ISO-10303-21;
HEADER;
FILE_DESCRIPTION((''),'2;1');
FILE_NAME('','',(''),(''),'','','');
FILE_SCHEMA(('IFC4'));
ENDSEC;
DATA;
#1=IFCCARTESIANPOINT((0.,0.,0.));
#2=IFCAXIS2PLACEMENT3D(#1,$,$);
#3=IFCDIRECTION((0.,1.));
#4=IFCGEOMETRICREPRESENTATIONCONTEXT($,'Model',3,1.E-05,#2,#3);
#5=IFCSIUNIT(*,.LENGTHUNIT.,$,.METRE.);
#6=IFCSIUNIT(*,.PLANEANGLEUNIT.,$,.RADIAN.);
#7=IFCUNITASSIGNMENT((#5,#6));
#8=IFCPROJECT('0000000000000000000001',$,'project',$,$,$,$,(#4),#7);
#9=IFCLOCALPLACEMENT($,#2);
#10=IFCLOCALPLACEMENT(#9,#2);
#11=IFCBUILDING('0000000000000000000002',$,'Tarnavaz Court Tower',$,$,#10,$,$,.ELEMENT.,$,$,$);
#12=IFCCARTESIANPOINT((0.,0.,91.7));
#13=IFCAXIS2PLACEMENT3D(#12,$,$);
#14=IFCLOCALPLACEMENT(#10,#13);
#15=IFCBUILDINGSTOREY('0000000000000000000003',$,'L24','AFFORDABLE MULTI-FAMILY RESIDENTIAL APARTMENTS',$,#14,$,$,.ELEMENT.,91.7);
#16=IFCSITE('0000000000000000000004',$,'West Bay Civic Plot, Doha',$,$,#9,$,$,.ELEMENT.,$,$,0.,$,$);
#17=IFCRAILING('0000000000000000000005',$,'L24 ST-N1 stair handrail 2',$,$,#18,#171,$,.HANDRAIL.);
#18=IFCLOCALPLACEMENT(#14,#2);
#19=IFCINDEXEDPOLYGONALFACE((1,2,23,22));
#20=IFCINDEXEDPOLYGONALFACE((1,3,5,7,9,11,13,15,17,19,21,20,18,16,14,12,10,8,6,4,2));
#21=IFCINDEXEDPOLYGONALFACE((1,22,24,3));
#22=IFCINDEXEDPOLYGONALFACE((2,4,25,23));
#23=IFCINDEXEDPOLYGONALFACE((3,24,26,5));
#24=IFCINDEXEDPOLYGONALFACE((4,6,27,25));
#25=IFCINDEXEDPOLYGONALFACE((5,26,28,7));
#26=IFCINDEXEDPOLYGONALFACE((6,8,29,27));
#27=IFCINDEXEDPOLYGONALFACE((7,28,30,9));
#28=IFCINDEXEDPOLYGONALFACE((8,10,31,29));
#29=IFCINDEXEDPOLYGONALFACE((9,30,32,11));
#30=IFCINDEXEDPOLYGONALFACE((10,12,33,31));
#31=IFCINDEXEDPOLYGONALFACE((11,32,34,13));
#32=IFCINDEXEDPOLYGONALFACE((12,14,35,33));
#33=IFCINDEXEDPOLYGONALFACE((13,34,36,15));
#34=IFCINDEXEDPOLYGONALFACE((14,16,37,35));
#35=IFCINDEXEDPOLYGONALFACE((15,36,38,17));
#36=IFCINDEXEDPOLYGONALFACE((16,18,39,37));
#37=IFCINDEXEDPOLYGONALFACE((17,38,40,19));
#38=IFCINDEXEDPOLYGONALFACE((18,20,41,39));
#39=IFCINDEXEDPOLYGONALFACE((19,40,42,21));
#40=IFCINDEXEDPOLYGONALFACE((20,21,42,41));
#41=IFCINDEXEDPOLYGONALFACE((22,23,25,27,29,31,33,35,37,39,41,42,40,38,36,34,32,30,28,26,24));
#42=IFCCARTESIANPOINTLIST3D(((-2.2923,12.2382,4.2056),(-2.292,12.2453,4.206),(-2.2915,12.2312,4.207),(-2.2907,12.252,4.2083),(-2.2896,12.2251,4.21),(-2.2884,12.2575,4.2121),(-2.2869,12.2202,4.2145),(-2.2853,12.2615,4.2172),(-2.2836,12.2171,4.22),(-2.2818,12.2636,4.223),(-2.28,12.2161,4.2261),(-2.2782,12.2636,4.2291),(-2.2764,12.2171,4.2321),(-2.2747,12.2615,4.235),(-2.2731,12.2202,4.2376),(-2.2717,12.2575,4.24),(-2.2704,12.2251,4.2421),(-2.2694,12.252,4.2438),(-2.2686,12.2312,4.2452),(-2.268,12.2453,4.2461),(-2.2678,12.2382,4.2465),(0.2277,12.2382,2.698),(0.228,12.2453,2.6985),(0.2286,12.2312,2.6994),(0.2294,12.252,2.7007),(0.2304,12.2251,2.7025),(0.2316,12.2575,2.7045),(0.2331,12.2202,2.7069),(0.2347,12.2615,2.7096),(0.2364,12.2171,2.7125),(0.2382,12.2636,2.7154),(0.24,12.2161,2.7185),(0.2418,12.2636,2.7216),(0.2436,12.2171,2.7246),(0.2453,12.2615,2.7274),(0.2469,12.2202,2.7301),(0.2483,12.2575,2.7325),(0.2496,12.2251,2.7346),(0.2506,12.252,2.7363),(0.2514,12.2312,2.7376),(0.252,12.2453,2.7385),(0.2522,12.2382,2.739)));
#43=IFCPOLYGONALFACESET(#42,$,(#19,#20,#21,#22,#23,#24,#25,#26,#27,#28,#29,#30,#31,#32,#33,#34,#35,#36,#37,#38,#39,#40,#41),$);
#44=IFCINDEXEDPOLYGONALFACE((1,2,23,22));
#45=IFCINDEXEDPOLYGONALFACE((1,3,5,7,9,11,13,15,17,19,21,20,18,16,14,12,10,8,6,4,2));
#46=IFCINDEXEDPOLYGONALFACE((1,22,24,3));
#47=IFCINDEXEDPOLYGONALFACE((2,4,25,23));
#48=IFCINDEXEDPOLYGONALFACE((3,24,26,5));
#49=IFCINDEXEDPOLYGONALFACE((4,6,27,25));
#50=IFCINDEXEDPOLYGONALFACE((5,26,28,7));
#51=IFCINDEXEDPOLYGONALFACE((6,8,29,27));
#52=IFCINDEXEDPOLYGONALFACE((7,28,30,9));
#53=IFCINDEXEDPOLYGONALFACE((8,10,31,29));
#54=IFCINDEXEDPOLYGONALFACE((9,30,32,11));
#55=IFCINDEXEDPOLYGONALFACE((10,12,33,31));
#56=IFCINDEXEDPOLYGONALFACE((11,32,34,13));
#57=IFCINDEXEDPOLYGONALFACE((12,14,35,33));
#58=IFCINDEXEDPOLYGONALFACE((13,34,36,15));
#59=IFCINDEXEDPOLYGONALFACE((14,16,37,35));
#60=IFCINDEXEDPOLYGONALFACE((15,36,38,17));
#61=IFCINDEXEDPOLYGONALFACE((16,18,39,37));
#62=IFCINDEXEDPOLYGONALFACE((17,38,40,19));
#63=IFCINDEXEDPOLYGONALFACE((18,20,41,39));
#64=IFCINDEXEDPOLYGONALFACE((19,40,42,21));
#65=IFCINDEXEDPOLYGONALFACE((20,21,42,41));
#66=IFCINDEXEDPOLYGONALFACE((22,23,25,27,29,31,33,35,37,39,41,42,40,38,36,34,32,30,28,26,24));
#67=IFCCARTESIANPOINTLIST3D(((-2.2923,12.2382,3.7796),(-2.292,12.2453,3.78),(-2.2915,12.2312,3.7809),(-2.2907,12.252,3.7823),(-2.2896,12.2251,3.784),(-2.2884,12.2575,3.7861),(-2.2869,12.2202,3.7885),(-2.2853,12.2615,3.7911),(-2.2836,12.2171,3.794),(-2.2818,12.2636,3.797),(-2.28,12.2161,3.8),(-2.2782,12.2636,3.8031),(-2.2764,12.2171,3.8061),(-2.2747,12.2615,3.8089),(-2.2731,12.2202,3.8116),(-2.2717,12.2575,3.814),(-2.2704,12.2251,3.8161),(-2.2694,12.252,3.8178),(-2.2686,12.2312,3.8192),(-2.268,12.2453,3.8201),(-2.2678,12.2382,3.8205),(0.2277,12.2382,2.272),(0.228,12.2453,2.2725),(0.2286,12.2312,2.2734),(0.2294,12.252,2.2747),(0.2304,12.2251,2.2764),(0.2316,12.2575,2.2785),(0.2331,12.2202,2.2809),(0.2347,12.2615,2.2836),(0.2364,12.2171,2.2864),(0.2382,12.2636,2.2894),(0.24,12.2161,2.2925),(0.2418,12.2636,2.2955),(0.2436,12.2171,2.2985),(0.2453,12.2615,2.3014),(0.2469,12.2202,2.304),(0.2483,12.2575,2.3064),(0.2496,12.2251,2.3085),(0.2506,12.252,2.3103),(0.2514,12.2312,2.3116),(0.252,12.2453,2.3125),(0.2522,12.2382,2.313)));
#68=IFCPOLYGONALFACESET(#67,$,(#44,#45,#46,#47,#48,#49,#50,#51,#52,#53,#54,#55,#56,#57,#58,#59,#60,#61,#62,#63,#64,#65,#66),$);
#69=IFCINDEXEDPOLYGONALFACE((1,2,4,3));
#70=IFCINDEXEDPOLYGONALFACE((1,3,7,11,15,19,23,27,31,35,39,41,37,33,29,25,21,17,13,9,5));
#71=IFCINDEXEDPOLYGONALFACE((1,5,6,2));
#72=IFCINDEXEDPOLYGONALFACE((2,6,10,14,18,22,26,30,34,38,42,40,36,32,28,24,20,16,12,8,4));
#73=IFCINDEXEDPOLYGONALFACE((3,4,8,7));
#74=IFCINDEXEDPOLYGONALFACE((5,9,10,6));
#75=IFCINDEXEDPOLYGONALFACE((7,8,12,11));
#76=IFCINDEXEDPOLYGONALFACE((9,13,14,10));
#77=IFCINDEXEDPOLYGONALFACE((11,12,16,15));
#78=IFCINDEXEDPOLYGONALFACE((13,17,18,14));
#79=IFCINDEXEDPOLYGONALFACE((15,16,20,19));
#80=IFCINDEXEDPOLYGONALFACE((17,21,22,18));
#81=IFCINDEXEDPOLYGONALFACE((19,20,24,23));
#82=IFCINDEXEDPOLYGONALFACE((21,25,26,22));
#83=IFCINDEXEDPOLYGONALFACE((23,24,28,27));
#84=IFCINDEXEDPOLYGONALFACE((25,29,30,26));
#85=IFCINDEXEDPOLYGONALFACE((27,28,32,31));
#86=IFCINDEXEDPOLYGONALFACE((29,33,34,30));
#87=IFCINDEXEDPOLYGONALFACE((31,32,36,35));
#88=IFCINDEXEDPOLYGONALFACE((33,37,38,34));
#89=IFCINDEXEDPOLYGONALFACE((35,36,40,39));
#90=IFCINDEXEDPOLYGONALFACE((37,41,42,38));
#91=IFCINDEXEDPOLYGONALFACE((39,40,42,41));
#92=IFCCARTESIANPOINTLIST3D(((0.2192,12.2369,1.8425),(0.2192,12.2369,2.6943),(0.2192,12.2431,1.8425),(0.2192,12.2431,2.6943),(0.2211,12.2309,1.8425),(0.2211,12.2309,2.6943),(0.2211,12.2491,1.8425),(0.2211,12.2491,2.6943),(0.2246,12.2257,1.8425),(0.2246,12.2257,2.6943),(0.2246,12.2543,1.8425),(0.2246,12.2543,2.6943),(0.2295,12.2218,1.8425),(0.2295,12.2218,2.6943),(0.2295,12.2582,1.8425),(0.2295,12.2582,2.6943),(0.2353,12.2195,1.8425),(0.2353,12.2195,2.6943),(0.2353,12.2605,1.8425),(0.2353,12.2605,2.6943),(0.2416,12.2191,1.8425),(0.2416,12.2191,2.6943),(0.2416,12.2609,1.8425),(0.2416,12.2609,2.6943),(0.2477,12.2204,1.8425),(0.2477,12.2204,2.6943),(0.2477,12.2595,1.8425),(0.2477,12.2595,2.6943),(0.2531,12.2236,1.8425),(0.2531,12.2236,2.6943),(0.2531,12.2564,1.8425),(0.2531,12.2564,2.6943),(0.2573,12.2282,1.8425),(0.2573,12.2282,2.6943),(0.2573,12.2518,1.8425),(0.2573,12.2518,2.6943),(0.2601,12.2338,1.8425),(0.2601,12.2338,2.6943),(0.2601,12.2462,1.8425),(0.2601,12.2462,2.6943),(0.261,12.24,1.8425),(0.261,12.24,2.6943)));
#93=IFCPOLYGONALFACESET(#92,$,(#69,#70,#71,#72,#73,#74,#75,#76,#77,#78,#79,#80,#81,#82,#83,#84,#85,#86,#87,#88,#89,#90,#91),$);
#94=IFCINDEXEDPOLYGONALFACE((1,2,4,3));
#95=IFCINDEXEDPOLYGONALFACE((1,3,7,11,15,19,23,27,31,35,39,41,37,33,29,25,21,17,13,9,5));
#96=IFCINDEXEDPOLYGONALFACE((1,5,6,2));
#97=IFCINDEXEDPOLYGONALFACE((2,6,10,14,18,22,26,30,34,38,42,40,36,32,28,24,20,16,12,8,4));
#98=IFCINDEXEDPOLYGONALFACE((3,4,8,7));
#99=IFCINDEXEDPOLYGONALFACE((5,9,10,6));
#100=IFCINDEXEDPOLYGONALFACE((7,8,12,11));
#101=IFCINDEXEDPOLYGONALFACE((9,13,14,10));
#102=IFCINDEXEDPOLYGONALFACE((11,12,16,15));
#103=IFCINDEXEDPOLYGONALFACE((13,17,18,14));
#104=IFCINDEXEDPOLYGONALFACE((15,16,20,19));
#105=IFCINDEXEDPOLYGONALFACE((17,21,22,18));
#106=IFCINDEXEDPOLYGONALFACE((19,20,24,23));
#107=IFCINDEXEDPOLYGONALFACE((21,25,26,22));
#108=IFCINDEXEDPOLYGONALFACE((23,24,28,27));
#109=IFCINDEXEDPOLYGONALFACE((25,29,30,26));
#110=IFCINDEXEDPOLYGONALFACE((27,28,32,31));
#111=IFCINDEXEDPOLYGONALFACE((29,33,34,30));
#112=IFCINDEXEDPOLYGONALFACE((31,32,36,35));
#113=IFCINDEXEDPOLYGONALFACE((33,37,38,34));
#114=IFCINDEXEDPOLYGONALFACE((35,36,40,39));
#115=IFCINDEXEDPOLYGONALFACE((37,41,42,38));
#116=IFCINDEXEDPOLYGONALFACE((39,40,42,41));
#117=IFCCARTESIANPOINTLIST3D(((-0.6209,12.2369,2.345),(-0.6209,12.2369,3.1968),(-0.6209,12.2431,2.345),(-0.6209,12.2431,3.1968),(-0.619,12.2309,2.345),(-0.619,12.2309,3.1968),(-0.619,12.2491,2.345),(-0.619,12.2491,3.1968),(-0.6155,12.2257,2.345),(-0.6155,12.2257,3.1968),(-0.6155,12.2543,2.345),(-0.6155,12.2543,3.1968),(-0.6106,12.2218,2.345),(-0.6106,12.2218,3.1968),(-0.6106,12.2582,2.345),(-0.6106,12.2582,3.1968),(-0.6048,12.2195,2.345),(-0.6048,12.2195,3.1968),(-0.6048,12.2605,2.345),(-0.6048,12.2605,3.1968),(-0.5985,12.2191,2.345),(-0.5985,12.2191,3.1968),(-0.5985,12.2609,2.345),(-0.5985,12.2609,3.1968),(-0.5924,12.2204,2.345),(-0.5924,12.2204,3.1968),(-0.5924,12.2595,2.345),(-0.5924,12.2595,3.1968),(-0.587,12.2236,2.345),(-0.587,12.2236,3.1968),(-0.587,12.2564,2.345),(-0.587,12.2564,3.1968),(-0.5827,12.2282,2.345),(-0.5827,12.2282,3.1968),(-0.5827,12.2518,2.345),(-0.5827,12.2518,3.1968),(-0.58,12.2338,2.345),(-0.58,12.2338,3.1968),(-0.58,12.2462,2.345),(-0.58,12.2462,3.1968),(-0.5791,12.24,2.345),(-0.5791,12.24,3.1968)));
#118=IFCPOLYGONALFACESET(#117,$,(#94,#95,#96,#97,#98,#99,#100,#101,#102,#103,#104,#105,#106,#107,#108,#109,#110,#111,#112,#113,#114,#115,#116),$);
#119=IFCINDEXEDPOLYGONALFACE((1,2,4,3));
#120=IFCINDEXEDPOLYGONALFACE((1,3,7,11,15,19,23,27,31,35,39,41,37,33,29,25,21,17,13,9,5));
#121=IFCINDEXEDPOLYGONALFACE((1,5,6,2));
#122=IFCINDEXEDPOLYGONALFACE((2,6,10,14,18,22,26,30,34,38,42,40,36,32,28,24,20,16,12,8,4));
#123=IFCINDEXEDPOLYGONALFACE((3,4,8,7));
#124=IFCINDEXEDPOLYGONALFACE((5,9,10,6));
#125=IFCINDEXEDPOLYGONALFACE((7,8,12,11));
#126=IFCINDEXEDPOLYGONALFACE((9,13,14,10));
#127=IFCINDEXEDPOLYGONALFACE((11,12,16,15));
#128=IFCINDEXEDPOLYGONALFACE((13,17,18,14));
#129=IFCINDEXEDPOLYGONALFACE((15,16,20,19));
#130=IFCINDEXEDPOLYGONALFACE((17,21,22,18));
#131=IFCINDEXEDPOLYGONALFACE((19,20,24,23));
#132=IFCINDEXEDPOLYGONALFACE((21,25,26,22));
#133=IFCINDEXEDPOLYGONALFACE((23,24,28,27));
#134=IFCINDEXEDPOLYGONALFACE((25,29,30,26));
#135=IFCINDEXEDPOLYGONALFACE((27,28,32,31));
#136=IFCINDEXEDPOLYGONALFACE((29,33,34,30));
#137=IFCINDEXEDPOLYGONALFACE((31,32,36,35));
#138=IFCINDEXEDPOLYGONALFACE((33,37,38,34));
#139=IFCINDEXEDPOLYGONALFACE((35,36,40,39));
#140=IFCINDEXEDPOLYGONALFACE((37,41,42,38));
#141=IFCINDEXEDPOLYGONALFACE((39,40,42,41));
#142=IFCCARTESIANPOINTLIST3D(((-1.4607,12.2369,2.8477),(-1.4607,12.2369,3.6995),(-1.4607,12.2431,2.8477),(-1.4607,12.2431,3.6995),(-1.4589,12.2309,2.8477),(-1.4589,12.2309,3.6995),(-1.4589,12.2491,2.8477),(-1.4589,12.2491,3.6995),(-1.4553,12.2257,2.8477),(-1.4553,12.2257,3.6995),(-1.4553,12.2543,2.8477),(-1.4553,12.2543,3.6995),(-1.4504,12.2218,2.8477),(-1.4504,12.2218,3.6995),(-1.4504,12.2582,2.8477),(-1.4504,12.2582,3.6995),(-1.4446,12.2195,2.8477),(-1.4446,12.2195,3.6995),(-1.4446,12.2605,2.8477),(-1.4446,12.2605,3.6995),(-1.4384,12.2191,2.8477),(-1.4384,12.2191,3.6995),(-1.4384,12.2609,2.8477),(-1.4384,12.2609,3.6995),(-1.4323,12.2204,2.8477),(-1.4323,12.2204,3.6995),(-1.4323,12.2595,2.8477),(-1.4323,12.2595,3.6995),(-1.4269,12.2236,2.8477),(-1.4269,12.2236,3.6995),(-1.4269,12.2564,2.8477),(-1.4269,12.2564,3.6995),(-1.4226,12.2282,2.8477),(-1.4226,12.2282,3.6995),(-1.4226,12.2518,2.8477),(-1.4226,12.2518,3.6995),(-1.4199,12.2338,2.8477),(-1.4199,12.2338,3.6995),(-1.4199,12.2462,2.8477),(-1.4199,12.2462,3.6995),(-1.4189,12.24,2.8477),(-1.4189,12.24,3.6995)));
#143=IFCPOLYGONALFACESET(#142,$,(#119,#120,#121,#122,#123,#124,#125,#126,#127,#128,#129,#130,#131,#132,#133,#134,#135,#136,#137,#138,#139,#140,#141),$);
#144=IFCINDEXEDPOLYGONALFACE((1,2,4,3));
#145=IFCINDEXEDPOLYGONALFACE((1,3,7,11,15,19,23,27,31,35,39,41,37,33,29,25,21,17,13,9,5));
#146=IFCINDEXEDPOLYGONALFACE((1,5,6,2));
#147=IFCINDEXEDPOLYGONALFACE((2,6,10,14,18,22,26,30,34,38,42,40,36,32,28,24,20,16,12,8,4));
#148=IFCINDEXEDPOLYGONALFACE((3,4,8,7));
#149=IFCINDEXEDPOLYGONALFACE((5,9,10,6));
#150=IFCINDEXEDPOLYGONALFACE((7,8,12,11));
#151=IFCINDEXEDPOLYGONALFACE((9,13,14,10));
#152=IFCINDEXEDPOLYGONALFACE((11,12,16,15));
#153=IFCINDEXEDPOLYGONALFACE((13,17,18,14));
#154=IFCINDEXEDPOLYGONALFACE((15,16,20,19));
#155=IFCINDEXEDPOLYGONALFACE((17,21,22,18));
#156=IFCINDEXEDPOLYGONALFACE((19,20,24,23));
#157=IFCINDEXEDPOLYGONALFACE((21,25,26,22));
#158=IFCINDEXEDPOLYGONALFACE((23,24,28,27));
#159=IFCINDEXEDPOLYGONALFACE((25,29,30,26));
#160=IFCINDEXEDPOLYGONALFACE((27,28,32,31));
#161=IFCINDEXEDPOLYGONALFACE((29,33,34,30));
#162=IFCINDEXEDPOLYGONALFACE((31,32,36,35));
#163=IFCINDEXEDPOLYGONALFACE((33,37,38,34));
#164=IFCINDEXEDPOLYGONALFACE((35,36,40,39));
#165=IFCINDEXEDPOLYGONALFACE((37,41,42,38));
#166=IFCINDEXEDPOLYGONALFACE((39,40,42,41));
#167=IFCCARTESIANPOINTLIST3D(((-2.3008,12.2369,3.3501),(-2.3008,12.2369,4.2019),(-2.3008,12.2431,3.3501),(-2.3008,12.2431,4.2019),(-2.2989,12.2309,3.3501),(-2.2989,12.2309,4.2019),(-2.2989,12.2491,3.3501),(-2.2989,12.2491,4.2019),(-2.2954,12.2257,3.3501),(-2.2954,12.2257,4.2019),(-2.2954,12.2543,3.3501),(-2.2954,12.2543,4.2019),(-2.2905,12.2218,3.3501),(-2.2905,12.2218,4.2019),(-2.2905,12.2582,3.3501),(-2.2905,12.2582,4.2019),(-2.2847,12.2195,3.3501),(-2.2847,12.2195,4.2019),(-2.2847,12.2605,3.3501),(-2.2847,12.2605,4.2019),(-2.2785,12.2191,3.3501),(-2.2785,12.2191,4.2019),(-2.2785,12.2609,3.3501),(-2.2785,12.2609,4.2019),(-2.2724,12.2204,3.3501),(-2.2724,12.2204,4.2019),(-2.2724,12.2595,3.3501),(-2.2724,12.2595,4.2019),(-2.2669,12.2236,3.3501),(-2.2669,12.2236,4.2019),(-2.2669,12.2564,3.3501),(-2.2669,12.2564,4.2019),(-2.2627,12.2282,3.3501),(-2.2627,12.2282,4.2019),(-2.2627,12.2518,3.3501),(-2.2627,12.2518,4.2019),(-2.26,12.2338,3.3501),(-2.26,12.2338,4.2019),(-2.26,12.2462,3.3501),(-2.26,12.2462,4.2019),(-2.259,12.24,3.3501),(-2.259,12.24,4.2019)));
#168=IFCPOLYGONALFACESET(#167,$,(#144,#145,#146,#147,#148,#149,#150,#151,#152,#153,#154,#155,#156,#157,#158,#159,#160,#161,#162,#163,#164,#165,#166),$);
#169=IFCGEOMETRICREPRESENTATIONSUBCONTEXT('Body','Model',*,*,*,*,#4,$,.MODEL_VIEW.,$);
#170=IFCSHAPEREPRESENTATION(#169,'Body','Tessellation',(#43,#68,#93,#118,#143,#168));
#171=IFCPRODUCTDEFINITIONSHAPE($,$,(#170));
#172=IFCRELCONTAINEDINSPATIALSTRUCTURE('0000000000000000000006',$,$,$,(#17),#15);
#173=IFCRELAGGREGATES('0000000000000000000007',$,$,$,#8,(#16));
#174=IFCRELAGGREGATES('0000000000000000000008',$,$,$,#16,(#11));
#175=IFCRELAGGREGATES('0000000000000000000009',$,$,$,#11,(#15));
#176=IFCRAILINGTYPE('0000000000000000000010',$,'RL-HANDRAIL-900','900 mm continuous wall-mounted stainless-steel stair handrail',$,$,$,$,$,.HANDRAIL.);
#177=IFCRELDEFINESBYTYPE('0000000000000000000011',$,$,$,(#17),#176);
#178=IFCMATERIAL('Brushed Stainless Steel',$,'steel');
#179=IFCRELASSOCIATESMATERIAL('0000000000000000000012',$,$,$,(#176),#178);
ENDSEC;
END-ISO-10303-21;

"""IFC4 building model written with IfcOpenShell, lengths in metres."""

from ifc_helpers import new_model, si_unit, direction, frame, origin, origin_2d, place, context, subcontext, project, spatial, circle, extrude, material, type_object, element, save


model = new_model("IFC4")

# Units and contexts
model_context = context("Model", 3, precision=1e-05, world=origin(), true_north=direction((0.0, 1.0)))
body_context = subcontext(model_context, "Body", "Model", "MODEL_VIEW")
ifc_project = project(units=[si_unit("LENGTHUNIT", "METRE"), si_unit("PLANEANGLEUNIT", "RADIAN")], contexts=[model_context])

# Site, building, storey
site_placement = place(None, origin())
site = spatial("IfcSite", under=ifc_project, at=site_placement, Name="West Bay Civic Plot, Doha", CompositionType="ELEMENT", RefElevation=0.0)
building_placement = place(site_placement, origin())
building = spatial("IfcBuilding", under=site, at=building_placement, Name="Tarnavaz Court Tower", CompositionType="ELEMENT")
storey_placement = place(building_placement, frame((0.0, 0.0, 91.7)))
storey = spatial("IfcBuildingStorey", under=building, at=storey_placement, Name="L24", Description="AFFORDABLE MULTI-FAMILY RESIDENTIAL APARTMENTS", CompositionType="ELEMENT", Elevation=91.7)

# Railing
ifc_material_1 = material(Name="Brushed Stainless Steel", Category="steel")
railing_type_1 = type_object("IfcRailingType", Name="RL-HANDRAIL-900", Description="900 mm continuous wall-mounted stainless-steel stair handrail", PredefinedType="HANDRAIL", material=ifc_material_1)
railing_1_placement = place(storey_placement, frame((0.24, 12.24, 1.8425)))
element("IfcRailing", 1, at=railing_1_placement, inside=storey, type_object=railing_type_1, Name="L24 ST-N1 stair handrail 2", PredefinedType="HANDRAIL", context=body_context, shape_type="SweptSolid", body=[
    extrude(circle(Radius=0.0239, at=origin_2d()), frame((0.0, 0.0, 0.876), z_axis=(-0.85816, 0.0, 0.513383), x_axis=(0.0, -1.0, 0.0)), (0.0, 0.0, 1.0), 2.9365),
    extrude(circle(Radius=0.0239, at=origin_2d()), frame((0.0, 0.0, 0.45), z_axis=(-0.85816, 0.0, 0.513383), x_axis=(0.0, -1.0, 0.0)), (0.0, 0.0, 1.0), 2.9365),
    extrude(circle(Radius=0.021, at=origin_2d()), origin(), (0.0, 0.0, 1.0), 0.8518),
    extrude(circle(Radius=0.021, at=origin_2d()), frame((-0.8401, 0.0, 0.5024)), (0.0, 0.0, 1.0), 0.8518),
    extrude(circle(Radius=0.021, at=origin_2d()), frame((-1.6799, 0.0, 1.0051)), (0.0, 0.0, 1.0), 0.8518),
    extrude(circle(Radius=0.021, at=origin_2d()), frame((-2.52, 0.0, 1.5076)), (0.0, 0.0, 1.0), 0.8518),
])

save(model, "model.ifc")
